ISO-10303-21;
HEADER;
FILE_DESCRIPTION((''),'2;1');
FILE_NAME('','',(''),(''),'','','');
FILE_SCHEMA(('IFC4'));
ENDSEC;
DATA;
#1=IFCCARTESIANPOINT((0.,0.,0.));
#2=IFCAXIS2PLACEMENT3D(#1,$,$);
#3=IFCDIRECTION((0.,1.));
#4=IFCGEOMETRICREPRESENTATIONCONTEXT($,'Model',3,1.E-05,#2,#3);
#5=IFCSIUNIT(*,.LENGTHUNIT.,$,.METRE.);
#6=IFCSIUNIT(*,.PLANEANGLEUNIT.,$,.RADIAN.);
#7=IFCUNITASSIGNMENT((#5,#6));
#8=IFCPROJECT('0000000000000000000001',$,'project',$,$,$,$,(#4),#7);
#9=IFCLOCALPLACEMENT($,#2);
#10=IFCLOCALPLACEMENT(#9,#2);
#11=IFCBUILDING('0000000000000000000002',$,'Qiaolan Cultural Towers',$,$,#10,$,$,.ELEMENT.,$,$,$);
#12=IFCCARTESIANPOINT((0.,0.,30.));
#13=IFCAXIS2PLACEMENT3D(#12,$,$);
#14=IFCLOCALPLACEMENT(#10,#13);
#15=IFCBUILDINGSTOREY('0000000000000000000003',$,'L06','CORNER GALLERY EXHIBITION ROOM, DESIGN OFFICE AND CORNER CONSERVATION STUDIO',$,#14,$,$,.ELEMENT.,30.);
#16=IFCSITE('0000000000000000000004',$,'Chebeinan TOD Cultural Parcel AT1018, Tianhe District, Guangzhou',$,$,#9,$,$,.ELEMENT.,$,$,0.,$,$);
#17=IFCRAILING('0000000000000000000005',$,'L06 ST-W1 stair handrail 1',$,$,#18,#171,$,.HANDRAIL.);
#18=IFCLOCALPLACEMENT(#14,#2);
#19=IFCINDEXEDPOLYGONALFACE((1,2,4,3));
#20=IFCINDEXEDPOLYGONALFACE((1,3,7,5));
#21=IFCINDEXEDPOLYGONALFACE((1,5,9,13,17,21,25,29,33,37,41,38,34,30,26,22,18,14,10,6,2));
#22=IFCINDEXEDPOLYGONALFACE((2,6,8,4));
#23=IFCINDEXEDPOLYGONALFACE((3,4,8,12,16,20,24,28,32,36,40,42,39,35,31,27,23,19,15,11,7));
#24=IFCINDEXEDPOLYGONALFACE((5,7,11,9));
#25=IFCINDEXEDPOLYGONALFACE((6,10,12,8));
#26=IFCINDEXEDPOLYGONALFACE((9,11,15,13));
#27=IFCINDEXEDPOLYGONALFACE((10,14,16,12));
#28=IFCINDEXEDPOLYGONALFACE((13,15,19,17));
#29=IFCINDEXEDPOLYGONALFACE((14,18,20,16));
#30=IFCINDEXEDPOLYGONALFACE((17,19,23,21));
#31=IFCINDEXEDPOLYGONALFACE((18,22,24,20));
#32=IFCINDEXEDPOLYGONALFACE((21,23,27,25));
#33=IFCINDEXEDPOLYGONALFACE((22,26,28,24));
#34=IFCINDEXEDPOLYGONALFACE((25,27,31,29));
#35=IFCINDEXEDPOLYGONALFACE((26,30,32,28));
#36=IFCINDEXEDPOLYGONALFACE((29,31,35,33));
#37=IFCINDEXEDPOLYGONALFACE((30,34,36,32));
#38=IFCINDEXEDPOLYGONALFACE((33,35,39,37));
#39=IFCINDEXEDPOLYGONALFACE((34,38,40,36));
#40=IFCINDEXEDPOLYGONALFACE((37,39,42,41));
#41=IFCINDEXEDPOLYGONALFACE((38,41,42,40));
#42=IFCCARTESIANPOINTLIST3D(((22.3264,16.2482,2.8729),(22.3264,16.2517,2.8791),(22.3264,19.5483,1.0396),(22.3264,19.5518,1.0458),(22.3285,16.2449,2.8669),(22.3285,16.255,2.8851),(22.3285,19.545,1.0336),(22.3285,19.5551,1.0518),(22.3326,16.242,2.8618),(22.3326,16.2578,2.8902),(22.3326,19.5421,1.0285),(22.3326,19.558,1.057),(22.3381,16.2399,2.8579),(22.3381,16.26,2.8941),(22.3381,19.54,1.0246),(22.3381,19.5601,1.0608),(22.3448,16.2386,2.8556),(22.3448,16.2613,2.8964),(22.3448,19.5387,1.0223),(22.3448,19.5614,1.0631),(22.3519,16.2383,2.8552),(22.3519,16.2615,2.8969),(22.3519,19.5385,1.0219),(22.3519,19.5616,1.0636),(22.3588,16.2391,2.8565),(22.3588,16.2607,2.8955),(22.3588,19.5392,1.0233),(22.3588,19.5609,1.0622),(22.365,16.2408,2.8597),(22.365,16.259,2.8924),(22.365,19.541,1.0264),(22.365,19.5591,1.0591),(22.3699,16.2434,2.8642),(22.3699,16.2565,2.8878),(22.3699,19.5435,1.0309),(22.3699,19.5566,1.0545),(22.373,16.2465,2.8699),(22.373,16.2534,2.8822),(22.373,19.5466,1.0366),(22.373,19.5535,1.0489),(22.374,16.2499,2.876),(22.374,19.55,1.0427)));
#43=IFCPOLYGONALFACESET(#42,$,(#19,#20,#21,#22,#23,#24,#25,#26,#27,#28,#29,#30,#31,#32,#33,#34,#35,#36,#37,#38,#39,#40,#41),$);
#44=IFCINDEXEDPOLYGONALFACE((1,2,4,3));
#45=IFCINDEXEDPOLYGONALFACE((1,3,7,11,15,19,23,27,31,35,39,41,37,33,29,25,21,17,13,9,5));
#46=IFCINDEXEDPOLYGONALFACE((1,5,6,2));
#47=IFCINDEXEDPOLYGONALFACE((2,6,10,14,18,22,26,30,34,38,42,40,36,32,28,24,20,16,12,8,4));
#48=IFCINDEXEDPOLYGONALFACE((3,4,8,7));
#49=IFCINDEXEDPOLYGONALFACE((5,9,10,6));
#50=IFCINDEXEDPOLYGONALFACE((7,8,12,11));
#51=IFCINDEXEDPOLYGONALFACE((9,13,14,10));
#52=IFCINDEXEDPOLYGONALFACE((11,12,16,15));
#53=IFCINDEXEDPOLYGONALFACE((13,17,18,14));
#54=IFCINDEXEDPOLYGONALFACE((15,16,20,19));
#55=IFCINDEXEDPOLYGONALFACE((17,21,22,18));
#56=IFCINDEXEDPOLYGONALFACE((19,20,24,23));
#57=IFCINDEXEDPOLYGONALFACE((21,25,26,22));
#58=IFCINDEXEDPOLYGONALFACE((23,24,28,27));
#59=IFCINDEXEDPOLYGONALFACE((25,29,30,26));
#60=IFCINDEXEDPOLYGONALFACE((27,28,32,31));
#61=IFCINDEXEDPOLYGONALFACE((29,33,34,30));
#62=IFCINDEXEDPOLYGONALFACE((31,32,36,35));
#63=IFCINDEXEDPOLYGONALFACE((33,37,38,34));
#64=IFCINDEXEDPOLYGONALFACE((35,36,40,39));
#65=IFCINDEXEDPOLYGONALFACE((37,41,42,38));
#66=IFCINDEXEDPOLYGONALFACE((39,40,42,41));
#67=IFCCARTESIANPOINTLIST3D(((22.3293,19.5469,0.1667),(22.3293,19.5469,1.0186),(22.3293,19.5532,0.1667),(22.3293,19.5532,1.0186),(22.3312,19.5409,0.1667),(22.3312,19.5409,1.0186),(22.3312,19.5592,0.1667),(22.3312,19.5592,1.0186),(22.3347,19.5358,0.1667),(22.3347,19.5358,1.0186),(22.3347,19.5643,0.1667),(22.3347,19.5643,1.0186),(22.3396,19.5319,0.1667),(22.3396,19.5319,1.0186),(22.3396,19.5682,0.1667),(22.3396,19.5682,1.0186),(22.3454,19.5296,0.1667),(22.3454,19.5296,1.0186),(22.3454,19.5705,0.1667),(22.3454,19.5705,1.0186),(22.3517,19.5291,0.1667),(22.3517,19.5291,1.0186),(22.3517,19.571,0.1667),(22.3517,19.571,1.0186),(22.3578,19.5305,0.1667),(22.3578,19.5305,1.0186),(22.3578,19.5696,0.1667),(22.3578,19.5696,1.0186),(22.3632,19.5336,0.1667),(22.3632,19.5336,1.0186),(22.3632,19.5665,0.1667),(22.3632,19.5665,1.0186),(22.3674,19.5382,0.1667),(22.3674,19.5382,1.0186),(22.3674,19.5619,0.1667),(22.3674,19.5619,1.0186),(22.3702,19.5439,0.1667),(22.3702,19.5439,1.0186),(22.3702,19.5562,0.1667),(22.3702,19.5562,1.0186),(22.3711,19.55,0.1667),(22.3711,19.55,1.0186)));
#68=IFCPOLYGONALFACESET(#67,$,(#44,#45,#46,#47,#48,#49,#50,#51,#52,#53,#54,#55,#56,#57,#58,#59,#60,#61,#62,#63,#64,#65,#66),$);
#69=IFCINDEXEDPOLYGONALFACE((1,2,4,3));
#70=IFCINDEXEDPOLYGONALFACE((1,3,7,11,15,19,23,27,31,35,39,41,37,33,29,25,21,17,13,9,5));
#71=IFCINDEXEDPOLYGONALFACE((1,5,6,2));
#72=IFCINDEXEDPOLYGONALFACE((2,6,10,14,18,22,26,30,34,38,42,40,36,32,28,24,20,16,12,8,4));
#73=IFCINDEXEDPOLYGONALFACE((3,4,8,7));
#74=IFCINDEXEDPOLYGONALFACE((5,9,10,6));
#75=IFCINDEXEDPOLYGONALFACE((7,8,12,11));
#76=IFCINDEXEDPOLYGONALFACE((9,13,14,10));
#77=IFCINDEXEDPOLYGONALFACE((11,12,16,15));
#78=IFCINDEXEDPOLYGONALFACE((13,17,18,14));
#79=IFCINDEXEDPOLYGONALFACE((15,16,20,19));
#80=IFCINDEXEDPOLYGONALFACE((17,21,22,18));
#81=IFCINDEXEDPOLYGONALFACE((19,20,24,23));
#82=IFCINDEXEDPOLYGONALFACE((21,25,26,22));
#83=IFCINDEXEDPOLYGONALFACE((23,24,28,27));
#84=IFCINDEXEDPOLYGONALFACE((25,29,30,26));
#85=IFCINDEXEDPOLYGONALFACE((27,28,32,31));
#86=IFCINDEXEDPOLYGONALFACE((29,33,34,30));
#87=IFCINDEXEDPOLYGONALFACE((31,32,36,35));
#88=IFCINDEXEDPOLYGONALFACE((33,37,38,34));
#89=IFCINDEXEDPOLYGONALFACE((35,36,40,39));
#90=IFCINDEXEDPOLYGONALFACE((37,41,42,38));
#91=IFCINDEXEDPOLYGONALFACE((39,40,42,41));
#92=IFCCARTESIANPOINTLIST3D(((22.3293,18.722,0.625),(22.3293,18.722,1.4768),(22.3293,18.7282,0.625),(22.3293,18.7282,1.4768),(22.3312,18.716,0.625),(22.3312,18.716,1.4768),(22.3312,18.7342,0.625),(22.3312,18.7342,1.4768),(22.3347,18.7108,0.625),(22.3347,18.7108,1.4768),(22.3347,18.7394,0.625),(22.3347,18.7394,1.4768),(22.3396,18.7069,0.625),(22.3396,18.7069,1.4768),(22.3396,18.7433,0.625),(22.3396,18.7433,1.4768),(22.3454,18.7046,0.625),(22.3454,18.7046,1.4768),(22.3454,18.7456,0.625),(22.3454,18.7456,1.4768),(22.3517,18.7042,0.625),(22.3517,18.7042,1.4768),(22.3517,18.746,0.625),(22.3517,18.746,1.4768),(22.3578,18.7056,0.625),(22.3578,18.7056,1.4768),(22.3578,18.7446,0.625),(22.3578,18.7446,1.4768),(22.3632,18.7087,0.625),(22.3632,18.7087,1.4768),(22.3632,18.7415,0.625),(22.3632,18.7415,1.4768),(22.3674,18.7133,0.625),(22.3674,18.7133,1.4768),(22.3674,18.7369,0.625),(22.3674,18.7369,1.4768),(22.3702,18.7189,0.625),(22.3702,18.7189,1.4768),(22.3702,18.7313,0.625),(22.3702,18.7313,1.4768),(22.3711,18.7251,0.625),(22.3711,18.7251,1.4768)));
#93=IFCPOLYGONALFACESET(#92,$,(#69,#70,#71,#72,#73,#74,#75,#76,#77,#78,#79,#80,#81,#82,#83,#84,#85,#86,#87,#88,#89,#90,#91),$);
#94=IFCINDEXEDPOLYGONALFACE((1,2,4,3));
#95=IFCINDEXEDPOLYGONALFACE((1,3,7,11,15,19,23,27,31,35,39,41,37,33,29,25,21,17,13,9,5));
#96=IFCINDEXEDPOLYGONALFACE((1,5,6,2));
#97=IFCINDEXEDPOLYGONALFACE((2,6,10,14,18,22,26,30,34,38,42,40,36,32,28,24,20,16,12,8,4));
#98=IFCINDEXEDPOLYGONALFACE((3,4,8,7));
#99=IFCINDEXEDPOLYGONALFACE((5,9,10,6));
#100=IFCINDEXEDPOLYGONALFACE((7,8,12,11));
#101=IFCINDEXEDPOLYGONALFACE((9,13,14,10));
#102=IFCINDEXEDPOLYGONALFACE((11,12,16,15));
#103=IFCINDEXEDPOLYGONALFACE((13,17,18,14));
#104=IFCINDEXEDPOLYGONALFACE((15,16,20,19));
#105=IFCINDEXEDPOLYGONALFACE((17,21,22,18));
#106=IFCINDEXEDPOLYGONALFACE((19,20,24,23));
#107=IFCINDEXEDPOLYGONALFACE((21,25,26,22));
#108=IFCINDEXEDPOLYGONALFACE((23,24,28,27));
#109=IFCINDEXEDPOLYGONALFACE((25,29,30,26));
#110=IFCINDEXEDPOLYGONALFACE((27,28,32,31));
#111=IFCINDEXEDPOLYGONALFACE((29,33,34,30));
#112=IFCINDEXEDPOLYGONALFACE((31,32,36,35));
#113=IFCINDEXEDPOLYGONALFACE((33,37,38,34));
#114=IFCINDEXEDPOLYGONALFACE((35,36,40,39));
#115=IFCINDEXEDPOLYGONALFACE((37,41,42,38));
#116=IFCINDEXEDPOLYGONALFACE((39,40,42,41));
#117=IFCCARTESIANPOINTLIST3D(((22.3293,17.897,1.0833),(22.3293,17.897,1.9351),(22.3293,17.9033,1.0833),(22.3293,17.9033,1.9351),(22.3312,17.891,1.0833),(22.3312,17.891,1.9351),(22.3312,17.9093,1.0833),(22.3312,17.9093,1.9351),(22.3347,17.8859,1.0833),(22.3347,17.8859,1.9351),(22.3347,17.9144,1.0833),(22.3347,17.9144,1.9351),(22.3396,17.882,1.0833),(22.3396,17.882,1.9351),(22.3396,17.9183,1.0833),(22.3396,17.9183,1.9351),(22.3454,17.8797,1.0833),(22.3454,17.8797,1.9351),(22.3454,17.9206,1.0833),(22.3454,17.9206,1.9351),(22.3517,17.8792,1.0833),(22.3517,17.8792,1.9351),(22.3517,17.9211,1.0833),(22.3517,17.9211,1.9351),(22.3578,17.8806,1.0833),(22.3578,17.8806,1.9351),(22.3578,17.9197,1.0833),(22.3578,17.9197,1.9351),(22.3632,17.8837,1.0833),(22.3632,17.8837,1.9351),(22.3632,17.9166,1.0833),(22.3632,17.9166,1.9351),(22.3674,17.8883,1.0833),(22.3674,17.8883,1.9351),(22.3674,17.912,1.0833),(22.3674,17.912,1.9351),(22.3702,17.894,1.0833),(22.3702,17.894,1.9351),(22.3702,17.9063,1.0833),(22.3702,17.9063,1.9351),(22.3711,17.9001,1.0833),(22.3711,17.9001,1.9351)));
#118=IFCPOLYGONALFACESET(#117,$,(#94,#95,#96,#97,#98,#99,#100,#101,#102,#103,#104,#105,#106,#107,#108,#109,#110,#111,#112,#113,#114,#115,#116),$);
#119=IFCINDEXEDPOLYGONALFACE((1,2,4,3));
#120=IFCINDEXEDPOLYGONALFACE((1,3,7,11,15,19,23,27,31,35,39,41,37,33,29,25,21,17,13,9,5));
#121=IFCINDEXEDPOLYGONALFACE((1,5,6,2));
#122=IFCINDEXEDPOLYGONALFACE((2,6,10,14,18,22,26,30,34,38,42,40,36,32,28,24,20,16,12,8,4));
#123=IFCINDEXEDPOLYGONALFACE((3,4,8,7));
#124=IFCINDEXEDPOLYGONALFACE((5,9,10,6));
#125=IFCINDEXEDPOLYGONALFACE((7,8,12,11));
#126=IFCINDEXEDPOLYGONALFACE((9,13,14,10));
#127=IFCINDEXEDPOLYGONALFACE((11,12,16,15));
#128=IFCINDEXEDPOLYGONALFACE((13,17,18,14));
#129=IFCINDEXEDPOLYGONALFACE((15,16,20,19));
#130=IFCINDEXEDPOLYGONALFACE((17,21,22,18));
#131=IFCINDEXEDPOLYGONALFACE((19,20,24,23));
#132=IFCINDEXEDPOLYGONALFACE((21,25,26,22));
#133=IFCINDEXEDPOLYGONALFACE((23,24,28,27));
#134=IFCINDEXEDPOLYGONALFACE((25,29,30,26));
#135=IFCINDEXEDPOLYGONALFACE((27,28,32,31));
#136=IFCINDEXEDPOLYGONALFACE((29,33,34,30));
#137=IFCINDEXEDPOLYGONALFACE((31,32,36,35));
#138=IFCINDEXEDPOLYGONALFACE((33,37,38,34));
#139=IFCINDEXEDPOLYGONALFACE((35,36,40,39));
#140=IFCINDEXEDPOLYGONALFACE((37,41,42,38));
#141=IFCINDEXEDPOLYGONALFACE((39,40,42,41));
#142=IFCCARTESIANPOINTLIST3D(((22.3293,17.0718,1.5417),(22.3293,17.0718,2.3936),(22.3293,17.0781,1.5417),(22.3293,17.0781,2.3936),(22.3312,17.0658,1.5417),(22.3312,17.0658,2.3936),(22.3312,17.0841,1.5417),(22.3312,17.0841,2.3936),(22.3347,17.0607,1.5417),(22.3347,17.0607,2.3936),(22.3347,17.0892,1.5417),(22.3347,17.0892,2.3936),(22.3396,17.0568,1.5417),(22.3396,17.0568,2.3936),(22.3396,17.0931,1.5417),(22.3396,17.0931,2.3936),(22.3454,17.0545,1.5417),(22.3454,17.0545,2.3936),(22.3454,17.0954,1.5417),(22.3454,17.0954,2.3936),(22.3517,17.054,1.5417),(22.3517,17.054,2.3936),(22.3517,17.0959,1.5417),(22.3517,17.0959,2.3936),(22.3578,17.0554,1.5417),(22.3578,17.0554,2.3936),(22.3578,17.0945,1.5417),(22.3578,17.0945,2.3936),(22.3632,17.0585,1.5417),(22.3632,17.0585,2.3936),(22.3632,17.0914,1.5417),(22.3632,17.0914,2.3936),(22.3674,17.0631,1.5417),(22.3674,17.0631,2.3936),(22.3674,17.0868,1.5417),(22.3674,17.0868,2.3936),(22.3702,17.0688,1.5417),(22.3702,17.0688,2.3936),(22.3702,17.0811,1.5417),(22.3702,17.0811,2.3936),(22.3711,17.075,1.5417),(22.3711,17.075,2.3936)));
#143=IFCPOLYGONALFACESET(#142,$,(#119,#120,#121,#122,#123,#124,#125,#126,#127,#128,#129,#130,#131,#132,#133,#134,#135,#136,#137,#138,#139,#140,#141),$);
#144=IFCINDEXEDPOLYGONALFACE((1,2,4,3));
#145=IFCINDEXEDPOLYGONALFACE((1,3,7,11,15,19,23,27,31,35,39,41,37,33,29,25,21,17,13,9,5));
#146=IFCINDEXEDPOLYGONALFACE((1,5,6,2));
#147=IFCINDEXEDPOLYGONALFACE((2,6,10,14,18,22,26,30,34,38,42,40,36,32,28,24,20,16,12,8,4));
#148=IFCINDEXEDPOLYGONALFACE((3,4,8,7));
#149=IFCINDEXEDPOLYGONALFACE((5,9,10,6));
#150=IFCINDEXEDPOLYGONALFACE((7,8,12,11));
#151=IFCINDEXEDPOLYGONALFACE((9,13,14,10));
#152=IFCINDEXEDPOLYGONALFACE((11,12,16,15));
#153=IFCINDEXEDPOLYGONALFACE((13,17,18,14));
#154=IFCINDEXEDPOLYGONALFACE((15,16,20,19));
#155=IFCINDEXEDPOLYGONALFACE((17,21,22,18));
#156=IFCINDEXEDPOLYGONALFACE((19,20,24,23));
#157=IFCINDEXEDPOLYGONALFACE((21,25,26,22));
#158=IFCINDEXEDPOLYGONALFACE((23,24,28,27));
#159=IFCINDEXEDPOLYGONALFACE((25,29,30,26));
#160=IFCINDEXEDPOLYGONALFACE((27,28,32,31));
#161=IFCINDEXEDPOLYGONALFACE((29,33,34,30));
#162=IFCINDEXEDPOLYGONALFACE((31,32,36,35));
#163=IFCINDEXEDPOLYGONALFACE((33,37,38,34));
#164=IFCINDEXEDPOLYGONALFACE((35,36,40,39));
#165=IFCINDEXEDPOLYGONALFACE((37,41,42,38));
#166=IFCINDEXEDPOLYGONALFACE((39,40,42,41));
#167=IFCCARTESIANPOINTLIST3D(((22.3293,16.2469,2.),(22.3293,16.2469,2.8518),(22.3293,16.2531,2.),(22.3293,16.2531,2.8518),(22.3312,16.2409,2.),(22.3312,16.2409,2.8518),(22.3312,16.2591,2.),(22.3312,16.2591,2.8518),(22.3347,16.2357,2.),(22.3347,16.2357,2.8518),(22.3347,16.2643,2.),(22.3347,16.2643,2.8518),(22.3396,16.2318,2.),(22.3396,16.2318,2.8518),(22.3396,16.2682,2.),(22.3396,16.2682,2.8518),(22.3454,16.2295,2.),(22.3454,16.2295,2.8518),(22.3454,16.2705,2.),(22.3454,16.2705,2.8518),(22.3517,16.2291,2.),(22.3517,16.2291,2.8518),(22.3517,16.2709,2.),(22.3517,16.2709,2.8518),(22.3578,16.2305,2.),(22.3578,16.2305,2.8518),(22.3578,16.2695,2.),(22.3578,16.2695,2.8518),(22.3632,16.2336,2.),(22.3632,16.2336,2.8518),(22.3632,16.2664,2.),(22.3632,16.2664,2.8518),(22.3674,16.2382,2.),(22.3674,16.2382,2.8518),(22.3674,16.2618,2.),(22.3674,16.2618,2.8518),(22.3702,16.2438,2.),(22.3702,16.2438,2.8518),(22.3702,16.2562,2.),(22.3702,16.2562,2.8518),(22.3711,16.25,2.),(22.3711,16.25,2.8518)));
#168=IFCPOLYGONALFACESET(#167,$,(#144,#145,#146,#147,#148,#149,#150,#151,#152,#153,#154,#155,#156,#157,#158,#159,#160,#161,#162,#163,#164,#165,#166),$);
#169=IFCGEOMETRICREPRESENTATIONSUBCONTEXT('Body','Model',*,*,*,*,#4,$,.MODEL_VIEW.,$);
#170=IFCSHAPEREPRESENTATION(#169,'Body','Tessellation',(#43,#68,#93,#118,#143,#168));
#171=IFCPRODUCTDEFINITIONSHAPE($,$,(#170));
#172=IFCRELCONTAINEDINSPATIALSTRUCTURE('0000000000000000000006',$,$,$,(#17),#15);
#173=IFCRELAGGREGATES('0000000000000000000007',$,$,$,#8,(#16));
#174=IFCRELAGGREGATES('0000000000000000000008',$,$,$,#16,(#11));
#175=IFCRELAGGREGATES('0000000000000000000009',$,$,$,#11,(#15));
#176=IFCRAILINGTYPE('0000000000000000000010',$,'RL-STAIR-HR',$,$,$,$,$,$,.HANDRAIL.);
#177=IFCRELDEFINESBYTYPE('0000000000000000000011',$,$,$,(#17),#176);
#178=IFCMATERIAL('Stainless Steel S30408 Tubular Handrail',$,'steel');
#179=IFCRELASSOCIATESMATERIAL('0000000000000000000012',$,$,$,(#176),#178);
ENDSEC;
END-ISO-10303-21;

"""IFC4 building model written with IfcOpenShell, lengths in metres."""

from ifc_helpers import new_model, si_unit, direction, frame, origin, origin_2d, place, context, subcontext, project, spatial, circle, extrude, material, type_object, element, save


model = new_model("IFC4")

# Units and contexts
model_context = context("Model", 3, precision=1e-05, world=origin(), true_north=direction((0.0, 1.0)))
body_context = subcontext(model_context, "Body", "Model", "MODEL_VIEW")
ifc_project = project(units=[si_unit("LENGTHUNIT", "METRE"), si_unit("PLANEANGLEUNIT", "RADIAN")], contexts=[model_context])

# Site, building, storey
site_placement = place(None, origin())
site = spatial("IfcSite", under=ifc_project, at=site_placement, Name="Chebeinan TOD Cultural Parcel AT1018, Tianhe District, Guangzhou", CompositionType="ELEMENT", RefElevation=0.0)
building_placement = place(site_placement, origin())
building = spatial("IfcBuilding", under=site, at=building_placement, Name="Qiaolan Cultural Towers", CompositionType="ELEMENT")
storey_placement = place(building_placement, frame((0.0, 0.0, 30.0)))
storey = spatial("IfcBuildingStorey", under=building, at=storey_placement, Name="L06", Description="CORNER GALLERY EXHIBITION ROOM, DESIGN OFFICE AND CORNER CONSERVATION STUDIO", CompositionType="ELEMENT", Elevation=30.0)

# Railing
ifc_material_1 = material(Name="Stainless Steel S30408 Tubular Handrail", Category="steel")
railing_type_1 = type_object("IfcRailingType", Name="RL-STAIR-HR", PredefinedType="HANDRAIL", material=ifc_material_1)
railing_1_placement = place(storey_placement, frame((22.3501, 19.55, 0.1667)))
element("IfcRailing", 1, at=railing_1_placement, inside=storey, type_object=railing_type_1, Name="L06 ST-W1 stair handrail 1", PredefinedType="HANDRAIL", context=body_context, shape_type="SweptSolid", body=[
    extrude(circle(Radius=0.0239, at=origin_2d()), frame((0.0, 0.0, 0.876), z_axis=(0.0, -0.874169, 0.485621), x_axis=(1.0, 0.0, 0.0)), (0.0, 0.0, 1.0), 3.7751),
    extrude(circle(Radius=0.021, at=origin_2d()), origin(), (0.0, 0.0, 1.0), 0.8518),
    extrude(circle(Radius=0.021, at=origin_2d()), frame((0.0, -0.825, 0.4583)), (0.0, 0.0, 1.0), 0.8518),
    extrude(circle(Radius=0.021, at=origin_2d()), frame((0.0, -1.6499, 0.9165)), (0.0, 0.0, 1.0), 0.8518),
    extrude(circle(Radius=0.021, at=origin_2d()), frame((0.0, -2.4751, 1.375)), (0.0, 0.0, 1.0), 0.8518),
    extrude(circle(Radius=0.021, at=origin_2d()), frame((0.0, -3.3, 1.8333)), (0.0, 0.0, 1.0), 0.8518),
])

save(model, "model.ifc")
